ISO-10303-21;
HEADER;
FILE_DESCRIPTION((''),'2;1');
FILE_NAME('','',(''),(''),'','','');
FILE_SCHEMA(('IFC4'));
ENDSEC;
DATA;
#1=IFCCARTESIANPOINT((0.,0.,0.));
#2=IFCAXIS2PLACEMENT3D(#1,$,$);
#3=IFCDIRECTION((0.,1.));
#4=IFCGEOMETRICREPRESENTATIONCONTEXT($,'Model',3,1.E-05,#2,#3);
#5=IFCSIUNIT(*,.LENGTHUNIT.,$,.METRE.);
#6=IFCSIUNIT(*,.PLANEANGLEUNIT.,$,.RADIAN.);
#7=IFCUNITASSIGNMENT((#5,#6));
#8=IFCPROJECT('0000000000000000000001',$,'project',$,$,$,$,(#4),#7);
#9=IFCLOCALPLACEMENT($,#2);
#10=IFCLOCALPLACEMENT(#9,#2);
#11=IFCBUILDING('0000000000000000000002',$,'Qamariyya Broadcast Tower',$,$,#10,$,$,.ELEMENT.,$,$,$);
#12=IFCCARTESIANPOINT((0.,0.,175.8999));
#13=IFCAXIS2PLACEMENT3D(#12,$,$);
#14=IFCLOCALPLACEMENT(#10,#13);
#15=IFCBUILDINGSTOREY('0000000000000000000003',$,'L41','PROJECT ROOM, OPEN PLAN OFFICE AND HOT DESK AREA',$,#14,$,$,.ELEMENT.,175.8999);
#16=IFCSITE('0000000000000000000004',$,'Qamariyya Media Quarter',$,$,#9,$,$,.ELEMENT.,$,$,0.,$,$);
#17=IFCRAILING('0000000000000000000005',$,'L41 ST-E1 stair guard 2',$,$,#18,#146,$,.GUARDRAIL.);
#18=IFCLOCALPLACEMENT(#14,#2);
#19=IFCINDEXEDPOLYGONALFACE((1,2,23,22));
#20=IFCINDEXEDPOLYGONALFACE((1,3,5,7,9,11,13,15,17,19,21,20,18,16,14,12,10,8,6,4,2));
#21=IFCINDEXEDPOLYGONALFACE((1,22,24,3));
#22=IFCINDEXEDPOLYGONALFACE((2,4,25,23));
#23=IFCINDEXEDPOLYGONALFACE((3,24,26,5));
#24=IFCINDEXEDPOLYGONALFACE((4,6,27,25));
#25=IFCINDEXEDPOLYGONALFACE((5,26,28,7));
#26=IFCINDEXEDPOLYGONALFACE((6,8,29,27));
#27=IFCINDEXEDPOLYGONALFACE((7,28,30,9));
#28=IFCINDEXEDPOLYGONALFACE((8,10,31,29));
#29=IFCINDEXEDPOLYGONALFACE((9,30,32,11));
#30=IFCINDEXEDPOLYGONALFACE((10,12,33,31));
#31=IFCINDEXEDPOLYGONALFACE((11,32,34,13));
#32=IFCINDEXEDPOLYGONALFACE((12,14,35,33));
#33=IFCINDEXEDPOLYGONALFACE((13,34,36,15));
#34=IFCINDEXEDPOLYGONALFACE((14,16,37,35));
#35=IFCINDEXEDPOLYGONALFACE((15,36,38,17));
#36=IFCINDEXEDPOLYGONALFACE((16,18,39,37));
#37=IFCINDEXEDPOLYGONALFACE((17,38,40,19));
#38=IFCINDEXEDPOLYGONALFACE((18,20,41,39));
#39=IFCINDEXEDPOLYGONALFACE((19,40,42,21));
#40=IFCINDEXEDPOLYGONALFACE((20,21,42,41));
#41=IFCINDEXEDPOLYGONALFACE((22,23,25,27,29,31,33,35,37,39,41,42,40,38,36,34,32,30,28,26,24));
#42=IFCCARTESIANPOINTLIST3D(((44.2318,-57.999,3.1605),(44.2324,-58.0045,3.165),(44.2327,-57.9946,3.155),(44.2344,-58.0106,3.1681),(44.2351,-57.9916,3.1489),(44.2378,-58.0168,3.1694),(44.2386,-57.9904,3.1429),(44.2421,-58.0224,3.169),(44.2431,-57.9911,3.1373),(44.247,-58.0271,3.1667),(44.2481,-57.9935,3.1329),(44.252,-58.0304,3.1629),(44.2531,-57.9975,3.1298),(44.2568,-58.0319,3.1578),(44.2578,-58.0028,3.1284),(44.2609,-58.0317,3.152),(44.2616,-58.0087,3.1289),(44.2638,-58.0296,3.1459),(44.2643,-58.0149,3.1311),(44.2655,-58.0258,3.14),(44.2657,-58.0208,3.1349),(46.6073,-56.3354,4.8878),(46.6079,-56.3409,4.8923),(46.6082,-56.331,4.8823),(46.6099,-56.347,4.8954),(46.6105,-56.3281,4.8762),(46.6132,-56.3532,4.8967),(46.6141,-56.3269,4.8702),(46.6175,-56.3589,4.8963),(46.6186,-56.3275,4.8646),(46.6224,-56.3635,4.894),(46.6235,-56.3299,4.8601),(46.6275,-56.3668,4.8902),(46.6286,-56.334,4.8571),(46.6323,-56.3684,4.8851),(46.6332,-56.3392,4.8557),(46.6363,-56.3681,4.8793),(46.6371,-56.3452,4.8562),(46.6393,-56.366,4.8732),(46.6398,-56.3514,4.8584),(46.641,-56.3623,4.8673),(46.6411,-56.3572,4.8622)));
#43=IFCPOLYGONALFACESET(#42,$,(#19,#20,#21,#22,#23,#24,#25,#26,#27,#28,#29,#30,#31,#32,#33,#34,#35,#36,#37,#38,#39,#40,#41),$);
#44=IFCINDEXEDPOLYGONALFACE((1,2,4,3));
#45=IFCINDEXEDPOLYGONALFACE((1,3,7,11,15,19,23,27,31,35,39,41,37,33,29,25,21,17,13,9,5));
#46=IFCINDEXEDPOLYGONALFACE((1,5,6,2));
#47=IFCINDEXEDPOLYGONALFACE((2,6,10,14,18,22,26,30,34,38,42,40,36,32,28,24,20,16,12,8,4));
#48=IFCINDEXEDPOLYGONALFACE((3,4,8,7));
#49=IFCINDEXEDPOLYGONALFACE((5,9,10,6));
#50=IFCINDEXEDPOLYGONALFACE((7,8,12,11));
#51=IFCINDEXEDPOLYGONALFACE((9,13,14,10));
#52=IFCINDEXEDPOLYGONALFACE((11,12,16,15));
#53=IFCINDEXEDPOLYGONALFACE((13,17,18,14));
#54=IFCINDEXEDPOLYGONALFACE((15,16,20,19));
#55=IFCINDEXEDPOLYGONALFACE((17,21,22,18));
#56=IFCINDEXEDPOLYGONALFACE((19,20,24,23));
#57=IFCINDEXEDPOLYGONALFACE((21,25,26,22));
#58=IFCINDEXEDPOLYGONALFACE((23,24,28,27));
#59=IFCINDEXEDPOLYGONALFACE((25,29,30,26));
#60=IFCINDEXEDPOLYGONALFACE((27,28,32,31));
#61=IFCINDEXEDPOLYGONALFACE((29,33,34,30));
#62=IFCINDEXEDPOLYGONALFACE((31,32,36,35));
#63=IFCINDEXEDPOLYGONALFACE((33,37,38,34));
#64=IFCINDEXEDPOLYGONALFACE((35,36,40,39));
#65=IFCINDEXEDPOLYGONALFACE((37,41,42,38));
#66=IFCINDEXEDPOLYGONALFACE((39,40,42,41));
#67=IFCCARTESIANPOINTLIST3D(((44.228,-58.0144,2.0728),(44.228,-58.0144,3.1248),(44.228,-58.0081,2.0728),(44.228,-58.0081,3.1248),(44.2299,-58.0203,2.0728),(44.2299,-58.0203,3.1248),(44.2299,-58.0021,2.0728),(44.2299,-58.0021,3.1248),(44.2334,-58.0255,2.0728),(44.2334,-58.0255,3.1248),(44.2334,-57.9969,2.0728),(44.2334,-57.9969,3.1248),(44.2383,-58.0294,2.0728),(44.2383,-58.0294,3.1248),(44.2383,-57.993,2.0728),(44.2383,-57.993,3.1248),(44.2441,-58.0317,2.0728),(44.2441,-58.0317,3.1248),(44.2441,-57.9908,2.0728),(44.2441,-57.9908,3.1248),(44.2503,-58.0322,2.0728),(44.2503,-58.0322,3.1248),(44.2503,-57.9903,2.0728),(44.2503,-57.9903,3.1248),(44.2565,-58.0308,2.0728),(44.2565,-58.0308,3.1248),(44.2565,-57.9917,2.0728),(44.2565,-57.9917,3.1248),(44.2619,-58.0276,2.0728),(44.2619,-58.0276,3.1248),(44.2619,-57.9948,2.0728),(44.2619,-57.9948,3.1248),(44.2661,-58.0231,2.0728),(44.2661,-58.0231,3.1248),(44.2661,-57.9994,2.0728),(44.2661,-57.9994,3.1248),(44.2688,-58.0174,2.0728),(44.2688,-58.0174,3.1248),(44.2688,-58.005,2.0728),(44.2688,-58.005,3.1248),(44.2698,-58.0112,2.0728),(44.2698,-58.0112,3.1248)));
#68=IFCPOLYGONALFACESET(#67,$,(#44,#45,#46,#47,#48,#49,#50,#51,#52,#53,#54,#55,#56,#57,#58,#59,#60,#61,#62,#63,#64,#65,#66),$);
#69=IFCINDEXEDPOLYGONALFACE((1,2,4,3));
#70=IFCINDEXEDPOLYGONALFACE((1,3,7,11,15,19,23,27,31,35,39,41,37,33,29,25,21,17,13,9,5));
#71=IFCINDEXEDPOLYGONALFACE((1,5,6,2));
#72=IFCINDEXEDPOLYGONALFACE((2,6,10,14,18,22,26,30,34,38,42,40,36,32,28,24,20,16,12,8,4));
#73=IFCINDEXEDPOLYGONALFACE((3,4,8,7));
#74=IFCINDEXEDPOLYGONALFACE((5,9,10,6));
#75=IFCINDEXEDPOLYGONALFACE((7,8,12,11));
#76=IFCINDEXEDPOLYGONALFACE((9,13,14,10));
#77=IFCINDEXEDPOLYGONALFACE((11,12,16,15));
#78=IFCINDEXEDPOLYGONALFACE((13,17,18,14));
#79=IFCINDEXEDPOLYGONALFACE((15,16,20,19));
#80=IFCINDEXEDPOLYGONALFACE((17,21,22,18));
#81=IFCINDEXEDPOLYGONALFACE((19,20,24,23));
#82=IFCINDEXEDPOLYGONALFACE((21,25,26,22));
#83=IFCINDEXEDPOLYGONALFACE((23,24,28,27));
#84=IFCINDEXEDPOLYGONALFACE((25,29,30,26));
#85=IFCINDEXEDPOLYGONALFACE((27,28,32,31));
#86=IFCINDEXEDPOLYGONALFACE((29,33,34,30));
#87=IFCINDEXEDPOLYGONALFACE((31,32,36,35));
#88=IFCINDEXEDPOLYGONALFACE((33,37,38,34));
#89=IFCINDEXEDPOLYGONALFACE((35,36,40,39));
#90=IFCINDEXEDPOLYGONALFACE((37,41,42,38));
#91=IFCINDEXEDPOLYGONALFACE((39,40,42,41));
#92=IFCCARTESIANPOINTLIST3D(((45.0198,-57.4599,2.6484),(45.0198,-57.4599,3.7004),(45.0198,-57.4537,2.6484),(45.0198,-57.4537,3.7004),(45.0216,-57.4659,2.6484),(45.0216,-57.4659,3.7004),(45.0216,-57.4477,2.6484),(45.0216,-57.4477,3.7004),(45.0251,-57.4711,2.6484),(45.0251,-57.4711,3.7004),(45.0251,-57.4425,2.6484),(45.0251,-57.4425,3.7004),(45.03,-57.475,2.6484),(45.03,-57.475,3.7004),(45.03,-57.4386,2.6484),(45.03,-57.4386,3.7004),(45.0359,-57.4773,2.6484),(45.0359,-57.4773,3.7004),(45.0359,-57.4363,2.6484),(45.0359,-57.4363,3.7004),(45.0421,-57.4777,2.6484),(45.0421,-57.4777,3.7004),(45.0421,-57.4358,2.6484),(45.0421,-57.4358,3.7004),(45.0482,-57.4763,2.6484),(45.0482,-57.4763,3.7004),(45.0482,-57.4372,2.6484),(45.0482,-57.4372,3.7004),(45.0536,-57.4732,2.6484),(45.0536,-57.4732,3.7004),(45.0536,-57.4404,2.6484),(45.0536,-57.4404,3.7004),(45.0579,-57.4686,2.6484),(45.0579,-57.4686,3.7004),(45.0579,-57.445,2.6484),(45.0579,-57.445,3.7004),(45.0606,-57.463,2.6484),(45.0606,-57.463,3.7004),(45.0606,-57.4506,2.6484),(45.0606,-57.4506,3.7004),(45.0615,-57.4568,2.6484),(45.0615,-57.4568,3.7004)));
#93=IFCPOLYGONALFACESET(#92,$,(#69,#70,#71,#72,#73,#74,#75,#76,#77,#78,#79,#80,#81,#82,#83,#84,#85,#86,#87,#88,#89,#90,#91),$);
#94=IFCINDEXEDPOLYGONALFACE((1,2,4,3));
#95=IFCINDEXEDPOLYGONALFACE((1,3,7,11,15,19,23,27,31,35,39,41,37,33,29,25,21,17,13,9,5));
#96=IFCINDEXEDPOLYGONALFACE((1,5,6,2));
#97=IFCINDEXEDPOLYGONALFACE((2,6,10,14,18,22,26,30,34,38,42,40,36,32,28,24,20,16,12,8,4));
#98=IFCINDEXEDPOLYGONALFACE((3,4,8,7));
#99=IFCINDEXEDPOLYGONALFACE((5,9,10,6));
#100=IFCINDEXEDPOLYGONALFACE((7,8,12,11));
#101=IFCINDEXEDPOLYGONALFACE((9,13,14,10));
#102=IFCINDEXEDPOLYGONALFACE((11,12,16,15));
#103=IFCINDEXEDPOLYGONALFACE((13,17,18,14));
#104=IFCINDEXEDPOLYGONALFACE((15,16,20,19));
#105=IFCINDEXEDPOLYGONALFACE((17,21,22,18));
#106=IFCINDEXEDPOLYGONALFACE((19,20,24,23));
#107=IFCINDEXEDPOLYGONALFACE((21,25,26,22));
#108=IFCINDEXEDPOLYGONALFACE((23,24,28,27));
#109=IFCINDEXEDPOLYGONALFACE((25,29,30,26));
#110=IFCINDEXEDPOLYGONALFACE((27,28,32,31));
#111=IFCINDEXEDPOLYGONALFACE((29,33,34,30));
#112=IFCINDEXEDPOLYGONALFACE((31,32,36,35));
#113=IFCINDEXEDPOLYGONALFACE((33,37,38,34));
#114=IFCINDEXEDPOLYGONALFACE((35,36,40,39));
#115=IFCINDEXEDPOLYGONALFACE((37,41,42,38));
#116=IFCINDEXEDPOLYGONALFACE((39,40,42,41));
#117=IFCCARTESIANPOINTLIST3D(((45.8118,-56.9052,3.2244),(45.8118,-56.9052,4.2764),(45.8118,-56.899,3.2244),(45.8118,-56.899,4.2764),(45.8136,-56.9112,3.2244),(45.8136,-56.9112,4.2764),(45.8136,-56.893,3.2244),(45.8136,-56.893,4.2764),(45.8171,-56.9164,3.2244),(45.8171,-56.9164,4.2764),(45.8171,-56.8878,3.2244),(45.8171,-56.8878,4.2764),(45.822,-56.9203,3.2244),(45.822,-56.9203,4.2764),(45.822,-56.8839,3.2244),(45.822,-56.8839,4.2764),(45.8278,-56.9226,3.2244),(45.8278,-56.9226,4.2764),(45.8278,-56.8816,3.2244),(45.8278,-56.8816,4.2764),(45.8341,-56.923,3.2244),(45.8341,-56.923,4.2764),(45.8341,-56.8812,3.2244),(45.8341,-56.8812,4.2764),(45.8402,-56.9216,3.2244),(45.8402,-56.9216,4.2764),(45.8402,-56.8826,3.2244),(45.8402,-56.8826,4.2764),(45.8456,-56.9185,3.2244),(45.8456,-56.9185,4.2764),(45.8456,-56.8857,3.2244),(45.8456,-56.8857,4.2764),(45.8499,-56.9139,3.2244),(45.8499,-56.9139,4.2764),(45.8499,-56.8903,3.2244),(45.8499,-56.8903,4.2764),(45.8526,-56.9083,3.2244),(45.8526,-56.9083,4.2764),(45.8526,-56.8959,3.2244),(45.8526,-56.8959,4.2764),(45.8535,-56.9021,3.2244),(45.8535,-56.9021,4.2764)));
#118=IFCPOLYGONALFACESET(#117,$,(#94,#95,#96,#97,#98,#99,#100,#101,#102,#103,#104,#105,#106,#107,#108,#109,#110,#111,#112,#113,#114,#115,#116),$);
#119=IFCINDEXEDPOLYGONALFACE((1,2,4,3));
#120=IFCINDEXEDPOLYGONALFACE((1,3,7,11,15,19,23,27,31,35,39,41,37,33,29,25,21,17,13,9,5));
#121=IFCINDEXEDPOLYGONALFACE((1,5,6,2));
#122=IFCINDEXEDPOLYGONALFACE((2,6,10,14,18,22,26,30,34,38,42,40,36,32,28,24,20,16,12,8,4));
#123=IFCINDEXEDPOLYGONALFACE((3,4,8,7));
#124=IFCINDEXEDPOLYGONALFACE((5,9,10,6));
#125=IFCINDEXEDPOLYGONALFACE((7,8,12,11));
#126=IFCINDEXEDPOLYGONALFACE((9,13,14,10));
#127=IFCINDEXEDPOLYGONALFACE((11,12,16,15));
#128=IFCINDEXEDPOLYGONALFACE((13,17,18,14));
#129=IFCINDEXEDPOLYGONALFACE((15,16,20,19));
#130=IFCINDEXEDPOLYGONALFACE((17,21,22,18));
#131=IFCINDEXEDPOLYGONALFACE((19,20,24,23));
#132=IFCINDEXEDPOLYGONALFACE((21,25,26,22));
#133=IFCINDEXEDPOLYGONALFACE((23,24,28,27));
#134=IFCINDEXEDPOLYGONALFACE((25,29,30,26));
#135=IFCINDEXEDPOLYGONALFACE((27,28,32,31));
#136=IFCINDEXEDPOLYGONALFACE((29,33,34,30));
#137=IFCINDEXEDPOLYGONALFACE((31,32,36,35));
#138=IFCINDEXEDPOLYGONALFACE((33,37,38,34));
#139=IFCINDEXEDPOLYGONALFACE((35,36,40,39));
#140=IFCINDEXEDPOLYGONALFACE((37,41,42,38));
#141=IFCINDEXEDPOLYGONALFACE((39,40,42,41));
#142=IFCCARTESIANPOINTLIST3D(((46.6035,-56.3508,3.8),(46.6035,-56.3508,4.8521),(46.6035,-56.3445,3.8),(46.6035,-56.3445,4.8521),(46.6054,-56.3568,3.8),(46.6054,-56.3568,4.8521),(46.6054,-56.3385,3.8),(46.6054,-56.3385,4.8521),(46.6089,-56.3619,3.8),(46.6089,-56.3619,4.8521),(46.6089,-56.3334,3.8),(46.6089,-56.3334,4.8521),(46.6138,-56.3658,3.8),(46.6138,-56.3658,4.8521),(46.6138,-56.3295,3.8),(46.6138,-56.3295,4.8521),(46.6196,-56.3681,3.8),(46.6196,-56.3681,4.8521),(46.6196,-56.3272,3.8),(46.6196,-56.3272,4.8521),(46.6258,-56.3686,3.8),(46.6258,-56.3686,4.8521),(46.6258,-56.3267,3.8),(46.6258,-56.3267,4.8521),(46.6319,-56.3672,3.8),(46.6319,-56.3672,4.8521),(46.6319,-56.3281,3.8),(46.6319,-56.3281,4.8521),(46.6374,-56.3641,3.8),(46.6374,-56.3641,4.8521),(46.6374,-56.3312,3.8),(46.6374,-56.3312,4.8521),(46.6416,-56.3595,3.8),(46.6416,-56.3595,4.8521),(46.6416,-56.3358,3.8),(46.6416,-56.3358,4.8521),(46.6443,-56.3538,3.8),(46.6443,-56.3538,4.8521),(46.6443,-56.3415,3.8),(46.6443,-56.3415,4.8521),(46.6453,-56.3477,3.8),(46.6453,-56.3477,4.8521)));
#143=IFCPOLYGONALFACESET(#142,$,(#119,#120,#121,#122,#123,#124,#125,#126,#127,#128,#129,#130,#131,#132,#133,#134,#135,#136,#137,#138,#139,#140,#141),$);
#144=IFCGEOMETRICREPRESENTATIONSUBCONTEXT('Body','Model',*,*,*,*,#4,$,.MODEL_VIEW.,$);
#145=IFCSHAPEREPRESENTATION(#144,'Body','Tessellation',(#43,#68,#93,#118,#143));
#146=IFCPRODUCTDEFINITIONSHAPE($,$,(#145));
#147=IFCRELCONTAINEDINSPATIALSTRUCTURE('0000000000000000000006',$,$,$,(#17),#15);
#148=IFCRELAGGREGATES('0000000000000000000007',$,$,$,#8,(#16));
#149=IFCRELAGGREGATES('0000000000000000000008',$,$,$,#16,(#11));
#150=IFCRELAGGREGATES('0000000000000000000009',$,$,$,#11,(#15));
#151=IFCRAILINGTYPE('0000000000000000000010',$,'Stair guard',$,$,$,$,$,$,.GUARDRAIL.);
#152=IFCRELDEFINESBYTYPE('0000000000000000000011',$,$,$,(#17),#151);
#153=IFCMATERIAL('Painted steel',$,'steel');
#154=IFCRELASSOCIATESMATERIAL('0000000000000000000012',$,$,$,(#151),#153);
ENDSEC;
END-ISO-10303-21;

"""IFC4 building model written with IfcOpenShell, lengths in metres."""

from ifc_helpers import new_model, si_unit, direction, frame, origin, origin_2d, place, context, subcontext, project, spatial, circle, extrude, material, type_object, element, save


model = new_model("IFC4")

# Units and contexts
model_context = context("Model", 3, precision=1e-05, world=origin(), true_north=direction((0.0, 1.0)))
body_context = subcontext(model_context, "Body", "Model", "MODEL_VIEW")
ifc_project = project(units=[si_unit("LENGTHUNIT", "METRE"), si_unit("PLANEANGLEUNIT", "RADIAN")], contexts=[model_context])

# Site, building, storey
site_placement = place(None, origin())
site = spatial("IfcSite", under=ifc_project, at=site_placement, Name="Qamariyya Media Quarter", CompositionType="ELEMENT", RefElevation=0.0)
building_placement = place(site_placement, origin())
building = spatial("IfcBuilding", under=site, at=building_placement, Name="Qamariyya Broadcast Tower", CompositionType="ELEMENT")
storey_placement = place(building_placement, frame((0.0, 0.0, 175.8999)))
storey = spatial("IfcBuildingStorey", under=building, at=storey_placement, Name="L41", Description="PROJECT ROOM, OPEN PLAN OFFICE AND HOT DESK AREA", CompositionType="ELEMENT", Elevation=175.8999)

# Railing
ifc_material_1 = material(Name="Painted steel", Category="steel")
railing_type_1 = type_object("IfcRailingType", Name="Stair guard", PredefinedType="GUARDRAIL", material=ifc_material_1)
railing_1_placement = place(storey_placement, frame((44.2488, -58.0112, 2.0728)))
element("IfcRailing", 1, at=railing_1_placement, inside=storey, type_object=railing_type_1, Name="L41 ST-E1 stair guard 2", PredefinedType="GUARDRAIL", context=body_context, shape_type="SweptSolid", body=[
    extrude(circle(Radius=0.0239, at=origin_2d()), frame((0.0, 0.0, 1.0762), z_axis=(0.703745, 0.492838, 0.511716), x_axis=(-0.573632, 0.819113, 0.0)), (0.0, 0.0, 1.0), 3.3755),
    extrude(circle(Radius=0.021, at=origin_2d()), origin(), (0.0, 0.0, 1.0), 1.052),
    extrude(circle(Radius=0.021, at=origin_2d()), frame((0.7917, 0.5544, 0.5757)), (0.0, 0.0, 1.0), 1.052),
    extrude(circle(Radius=0.021, at=origin_2d()), frame((1.5837, 1.1091, 1.1516)), (0.0, 0.0, 1.0), 1.052),
    extrude(circle(Radius=0.021, at=origin_2d()), frame((2.3755, 1.6636, 1.7273)), (0.0, 0.0, 1.0), 1.052),
])

save(model, "model.ifc")
